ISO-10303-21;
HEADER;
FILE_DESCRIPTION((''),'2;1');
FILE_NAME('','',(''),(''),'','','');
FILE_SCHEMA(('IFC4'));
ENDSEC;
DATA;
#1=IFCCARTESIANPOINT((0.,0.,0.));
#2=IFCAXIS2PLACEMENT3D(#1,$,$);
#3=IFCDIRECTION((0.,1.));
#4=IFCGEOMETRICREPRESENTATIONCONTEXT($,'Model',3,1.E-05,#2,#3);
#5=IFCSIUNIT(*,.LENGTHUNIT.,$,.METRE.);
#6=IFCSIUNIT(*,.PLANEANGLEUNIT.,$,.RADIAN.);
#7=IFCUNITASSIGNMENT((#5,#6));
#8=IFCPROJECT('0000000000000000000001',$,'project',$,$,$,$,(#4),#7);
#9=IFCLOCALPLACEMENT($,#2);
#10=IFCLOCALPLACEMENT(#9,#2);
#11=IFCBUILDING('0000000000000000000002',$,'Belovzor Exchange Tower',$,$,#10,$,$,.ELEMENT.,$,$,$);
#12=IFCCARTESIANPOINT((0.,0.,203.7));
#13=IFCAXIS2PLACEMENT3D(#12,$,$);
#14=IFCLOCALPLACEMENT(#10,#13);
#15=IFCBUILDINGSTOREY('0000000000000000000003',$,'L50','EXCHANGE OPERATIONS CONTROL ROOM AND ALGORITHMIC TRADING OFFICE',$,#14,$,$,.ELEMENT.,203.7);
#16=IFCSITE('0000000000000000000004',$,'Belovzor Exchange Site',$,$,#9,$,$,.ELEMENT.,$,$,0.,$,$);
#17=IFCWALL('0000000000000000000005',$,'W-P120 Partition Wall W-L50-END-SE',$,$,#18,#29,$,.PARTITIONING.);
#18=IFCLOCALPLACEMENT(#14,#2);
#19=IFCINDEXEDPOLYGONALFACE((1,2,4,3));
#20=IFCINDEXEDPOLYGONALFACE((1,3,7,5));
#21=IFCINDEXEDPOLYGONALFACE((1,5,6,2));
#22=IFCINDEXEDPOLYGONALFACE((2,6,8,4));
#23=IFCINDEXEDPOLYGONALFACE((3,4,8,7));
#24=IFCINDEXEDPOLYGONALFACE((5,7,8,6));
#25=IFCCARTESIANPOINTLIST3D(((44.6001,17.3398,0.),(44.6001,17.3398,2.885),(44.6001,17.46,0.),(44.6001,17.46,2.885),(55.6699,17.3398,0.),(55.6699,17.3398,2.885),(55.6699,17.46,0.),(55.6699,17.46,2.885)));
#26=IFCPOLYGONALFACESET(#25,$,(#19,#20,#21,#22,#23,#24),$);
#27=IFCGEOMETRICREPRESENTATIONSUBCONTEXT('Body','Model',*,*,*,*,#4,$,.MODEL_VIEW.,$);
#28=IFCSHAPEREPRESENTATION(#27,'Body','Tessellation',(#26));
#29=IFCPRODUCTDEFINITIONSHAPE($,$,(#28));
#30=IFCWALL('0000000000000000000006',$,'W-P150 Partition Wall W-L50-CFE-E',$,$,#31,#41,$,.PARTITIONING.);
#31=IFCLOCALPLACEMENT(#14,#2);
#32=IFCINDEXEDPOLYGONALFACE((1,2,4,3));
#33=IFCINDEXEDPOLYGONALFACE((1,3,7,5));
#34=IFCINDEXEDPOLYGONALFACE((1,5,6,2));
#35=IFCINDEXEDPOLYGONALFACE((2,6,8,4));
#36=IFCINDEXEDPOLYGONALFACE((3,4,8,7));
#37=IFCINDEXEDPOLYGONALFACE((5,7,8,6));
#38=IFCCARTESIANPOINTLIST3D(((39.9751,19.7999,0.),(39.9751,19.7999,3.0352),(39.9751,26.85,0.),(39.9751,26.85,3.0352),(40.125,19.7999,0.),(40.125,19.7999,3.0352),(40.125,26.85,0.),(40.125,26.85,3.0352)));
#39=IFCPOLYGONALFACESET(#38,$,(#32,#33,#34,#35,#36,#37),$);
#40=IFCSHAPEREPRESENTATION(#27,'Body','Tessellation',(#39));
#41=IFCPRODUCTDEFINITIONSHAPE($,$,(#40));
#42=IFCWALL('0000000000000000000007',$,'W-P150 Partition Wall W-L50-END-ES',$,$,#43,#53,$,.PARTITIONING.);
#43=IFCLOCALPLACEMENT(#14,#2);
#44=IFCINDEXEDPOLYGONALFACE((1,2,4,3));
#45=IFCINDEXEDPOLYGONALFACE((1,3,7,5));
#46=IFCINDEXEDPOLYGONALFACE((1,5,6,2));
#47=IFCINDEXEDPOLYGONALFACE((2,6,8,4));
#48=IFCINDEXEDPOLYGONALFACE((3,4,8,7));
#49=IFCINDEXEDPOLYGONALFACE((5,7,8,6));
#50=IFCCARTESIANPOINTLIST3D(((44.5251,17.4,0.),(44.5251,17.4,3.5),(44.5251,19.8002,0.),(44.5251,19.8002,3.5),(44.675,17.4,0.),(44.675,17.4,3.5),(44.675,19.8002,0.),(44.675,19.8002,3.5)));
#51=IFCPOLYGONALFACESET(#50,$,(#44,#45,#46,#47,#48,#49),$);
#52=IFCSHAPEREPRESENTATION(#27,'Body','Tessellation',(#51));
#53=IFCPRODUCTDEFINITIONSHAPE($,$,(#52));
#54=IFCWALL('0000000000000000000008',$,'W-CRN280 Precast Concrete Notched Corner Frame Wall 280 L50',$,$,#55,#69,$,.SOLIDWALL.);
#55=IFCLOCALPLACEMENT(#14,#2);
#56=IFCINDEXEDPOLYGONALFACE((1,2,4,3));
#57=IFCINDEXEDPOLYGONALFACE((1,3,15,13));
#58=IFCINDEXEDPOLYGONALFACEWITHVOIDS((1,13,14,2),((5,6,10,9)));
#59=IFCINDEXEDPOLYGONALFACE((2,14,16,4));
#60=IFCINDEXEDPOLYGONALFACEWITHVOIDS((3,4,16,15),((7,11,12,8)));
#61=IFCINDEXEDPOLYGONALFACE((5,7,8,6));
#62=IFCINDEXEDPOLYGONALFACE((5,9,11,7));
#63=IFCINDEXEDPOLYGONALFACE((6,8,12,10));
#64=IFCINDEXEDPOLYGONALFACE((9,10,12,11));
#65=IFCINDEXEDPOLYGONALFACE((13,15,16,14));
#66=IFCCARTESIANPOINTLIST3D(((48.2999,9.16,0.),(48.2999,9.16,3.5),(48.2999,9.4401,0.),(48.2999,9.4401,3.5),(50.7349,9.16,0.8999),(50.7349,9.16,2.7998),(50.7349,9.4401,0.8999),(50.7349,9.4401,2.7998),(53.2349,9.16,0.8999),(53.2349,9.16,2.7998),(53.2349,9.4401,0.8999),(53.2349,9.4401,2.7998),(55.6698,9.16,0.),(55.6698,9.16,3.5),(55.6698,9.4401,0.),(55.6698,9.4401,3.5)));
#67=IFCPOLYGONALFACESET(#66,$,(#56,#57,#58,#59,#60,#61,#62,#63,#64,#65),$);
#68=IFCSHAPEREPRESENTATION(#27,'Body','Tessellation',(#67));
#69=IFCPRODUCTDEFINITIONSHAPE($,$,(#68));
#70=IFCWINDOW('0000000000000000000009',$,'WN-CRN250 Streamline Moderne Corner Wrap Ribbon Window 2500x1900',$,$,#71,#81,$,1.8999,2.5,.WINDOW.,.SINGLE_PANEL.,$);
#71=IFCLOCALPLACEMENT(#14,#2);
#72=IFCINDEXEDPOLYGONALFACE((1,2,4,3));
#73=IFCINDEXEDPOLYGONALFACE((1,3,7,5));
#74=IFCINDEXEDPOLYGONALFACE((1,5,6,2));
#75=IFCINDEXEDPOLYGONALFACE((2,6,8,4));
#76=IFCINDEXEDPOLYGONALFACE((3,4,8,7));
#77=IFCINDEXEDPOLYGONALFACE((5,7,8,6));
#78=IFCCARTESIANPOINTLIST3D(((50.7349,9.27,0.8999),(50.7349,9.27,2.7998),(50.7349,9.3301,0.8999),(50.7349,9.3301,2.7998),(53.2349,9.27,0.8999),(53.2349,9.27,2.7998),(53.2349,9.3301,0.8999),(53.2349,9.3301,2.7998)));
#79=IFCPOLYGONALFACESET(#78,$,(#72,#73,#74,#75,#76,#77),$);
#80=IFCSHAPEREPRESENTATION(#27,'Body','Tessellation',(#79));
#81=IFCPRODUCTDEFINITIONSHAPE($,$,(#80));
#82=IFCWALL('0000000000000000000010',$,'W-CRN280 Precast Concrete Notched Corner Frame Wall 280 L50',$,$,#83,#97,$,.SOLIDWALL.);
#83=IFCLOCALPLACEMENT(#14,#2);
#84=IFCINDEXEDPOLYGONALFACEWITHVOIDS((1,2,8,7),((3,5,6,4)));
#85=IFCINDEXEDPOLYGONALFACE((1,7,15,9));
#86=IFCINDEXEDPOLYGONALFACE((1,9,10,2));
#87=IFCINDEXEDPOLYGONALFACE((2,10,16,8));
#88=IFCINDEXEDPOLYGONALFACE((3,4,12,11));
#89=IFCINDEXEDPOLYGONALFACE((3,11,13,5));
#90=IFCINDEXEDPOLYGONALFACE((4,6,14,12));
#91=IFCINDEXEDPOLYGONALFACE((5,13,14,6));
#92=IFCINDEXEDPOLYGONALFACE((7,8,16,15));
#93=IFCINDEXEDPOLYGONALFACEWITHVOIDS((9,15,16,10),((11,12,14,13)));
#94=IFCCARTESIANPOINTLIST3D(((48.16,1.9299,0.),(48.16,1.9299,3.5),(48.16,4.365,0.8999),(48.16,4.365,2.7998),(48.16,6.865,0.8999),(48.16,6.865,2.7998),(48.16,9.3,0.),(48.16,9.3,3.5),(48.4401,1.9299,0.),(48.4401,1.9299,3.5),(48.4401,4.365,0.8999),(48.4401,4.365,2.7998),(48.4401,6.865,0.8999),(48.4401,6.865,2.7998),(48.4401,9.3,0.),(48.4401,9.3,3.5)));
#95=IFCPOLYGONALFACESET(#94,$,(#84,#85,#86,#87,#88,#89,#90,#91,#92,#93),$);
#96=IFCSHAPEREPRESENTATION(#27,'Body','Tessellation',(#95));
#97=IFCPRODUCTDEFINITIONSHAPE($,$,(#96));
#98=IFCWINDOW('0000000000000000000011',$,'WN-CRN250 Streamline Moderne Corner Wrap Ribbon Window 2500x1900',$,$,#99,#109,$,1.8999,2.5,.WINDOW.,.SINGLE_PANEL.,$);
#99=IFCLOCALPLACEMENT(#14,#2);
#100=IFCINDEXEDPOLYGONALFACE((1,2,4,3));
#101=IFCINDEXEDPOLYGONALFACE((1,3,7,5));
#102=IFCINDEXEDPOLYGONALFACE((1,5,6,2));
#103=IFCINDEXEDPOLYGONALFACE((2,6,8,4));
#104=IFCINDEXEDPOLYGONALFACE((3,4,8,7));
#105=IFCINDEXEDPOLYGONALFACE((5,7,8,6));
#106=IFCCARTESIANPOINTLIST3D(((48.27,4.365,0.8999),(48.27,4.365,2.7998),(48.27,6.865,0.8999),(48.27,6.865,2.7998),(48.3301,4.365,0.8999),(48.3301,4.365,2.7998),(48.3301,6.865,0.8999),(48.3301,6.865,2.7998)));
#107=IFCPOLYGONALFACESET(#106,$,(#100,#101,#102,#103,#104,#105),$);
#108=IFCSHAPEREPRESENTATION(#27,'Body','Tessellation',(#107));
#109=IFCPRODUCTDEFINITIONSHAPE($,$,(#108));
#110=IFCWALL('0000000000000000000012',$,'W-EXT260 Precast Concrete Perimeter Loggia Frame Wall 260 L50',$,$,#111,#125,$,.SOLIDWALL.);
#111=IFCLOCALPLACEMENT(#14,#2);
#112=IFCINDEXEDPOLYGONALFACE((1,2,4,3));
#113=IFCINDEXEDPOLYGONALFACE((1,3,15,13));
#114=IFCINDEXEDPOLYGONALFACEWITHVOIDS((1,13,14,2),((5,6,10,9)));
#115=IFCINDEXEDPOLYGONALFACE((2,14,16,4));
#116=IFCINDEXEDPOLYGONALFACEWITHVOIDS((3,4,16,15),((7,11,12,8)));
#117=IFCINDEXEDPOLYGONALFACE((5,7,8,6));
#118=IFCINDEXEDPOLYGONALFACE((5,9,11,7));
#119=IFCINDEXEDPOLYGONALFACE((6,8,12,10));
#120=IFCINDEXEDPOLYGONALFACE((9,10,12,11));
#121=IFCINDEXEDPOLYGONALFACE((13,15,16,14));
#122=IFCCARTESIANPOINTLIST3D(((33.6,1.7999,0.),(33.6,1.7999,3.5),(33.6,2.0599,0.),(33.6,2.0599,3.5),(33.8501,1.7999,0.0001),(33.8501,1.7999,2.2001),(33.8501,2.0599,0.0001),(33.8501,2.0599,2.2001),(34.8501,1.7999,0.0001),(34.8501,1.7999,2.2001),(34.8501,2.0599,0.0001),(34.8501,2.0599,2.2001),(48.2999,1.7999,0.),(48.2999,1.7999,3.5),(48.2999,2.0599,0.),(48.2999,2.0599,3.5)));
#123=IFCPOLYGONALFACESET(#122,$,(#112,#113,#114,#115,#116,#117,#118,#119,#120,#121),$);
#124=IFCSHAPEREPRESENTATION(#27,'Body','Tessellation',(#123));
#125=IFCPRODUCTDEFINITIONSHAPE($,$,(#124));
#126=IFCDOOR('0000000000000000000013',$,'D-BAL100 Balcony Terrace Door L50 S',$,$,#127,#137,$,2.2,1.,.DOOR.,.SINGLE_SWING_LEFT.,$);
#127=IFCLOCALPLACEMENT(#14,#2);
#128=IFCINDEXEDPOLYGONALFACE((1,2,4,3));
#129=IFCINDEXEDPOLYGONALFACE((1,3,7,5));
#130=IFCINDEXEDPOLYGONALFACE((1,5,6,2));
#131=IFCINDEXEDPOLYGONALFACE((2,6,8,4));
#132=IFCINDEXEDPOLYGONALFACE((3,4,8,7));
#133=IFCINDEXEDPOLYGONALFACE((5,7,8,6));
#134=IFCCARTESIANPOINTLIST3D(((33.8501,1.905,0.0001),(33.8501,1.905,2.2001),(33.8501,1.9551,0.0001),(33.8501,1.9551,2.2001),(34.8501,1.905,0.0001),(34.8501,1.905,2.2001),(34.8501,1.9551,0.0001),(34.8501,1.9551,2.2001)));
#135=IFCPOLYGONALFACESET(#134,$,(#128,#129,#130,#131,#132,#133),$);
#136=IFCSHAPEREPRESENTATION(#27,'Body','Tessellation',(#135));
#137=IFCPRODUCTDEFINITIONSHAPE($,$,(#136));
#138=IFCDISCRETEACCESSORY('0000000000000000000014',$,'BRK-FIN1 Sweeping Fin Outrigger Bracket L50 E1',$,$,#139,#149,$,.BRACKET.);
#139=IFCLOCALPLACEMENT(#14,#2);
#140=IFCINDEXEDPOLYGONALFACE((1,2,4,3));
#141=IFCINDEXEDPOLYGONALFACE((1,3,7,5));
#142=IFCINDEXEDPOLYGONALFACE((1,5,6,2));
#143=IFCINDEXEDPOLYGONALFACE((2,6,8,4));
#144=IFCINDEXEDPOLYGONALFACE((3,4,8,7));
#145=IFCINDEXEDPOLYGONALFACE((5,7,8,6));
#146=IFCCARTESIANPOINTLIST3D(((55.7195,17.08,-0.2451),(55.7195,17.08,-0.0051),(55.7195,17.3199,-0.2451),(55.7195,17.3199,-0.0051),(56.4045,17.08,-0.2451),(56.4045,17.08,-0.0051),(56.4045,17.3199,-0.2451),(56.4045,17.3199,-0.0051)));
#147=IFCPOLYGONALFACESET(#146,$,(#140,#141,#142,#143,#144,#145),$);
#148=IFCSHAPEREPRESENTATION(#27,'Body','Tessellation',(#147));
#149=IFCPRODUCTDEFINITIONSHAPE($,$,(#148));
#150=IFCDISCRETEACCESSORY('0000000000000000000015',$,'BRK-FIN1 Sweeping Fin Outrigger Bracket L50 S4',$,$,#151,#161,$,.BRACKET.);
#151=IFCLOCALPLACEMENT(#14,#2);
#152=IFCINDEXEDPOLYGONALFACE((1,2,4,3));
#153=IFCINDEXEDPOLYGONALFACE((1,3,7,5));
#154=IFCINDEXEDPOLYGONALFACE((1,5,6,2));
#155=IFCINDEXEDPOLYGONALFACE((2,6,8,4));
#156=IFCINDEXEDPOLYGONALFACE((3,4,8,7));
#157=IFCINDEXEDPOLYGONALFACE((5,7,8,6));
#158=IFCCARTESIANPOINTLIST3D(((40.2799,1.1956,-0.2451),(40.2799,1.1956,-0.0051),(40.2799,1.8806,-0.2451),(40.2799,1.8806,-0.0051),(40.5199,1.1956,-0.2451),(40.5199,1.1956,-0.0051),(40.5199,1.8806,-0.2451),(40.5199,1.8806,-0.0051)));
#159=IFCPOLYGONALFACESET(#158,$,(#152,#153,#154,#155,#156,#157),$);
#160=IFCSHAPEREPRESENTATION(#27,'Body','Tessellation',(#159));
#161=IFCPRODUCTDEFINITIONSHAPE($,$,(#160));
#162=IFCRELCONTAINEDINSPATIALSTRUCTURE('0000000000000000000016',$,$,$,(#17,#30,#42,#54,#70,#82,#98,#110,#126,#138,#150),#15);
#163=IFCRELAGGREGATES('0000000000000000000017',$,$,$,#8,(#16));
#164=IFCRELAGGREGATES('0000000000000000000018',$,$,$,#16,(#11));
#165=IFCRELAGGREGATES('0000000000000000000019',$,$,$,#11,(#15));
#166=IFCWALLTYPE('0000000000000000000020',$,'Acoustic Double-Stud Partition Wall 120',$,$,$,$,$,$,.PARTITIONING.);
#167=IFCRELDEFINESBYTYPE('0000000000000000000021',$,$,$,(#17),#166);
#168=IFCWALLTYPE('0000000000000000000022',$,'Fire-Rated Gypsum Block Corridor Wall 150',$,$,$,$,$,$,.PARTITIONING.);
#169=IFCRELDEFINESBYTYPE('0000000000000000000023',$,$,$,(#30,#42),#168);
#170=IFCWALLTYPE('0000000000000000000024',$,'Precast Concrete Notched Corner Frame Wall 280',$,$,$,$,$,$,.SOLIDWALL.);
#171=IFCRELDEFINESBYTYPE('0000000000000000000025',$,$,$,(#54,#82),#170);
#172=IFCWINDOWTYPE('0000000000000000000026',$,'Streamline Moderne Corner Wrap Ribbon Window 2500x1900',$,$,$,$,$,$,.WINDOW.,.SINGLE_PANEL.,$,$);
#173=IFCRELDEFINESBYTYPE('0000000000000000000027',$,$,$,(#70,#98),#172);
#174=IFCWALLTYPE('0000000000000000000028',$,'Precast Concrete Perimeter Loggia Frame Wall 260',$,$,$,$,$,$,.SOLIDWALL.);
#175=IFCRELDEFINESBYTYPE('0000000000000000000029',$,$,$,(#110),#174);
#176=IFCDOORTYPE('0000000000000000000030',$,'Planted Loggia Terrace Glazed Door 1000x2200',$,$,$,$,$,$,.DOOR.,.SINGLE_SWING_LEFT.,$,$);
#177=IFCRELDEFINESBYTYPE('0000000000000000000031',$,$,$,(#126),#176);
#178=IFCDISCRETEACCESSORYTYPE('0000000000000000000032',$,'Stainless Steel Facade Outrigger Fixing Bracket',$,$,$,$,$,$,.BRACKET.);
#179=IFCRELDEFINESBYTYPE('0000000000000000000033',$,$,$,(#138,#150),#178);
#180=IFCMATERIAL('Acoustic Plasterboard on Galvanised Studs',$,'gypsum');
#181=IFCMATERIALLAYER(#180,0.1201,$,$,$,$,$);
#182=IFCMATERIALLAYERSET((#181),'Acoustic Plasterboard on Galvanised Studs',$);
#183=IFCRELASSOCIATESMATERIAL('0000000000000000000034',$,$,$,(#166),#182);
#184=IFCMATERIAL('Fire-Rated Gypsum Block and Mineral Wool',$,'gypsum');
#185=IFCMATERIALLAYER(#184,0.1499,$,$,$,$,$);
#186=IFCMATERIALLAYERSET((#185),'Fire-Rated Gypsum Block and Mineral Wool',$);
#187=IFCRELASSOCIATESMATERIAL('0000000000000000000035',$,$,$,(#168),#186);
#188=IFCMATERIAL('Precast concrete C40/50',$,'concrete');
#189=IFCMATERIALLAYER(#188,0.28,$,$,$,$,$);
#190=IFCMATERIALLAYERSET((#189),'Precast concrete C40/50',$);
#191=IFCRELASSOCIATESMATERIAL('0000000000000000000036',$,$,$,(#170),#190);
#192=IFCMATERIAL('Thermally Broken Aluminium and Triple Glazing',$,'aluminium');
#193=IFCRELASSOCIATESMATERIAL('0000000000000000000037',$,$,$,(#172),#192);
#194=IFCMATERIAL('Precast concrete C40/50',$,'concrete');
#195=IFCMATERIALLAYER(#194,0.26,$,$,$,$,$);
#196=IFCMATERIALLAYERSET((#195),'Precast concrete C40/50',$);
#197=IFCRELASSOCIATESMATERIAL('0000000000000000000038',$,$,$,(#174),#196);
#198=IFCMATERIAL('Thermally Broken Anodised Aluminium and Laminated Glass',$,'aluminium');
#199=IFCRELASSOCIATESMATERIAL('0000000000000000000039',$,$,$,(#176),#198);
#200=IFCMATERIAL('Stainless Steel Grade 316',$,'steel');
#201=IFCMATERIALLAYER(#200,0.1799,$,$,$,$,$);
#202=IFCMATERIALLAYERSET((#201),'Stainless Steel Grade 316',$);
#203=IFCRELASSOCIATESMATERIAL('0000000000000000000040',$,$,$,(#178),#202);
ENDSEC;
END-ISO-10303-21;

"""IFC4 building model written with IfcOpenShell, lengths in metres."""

from ifc_helpers import new_model, si_unit, direction, frame, frame_2d, origin, origin_2d, place, context, subcontext, project, spatial, rectangle, extrude, material, layer, layer_set, type_object, element, fill, save


model = new_model("IFC4")

# Units and contexts
model_context = context("Model", 3, precision=1e-05, world=origin(), true_north=direction((0.0, 1.0)))
body_context = subcontext(model_context, "Body", "Model", "MODEL_VIEW")
ifc_project = project(units=[si_unit("LENGTHUNIT", "METRE"), si_unit("PLANEANGLEUNIT", "RADIAN")], contexts=[model_context])

# Site, building, storey
site_placement = place(None, origin())
site = spatial("IfcSite", under=ifc_project, at=site_placement, Name="Belovzor Exchange Site", CompositionType="ELEMENT", RefElevation=0.0)
building_placement = place(site_placement, origin())
building = spatial("IfcBuilding", under=site, at=building_placement, Name="Belovzor Exchange Tower", CompositionType="ELEMENT")
storey_placement = place(building_placement, frame((0.0, 0.0, 203.7)))
storey = spatial("IfcBuildingStorey", under=building, at=storey_placement, Name="L50", Description="EXCHANGE OPERATIONS CONTROL ROOM AND ALGORITHMIC TRADING OFFICE", CompositionType="ELEMENT", Elevation=203.7)

# Walls
ifc_material_1 = material(Name="Acoustic Plasterboard on Galvanised Studs", Category="gypsum")
ifc_layer_1 = layer(ifc_material_1, 0.1201)
ifc_layer_set_1 = layer_set([ifc_layer_1], Name="Acoustic Plasterboard on Galvanised Studs")
wall_type_1 = type_object("IfcWallType", Name="Acoustic Double-Stud Partition Wall 120", PredefinedType="PARTITIONING", material=ifc_layer_set_1)
wall_1_placement = place(storey_placement, frame((44.6001, 17.3999, 0.0), z_axis=(0.0, 0.0, 1.0), x_axis=(1.0, 0.0, 0.0)))
element("IfcWall", 1, at=wall_1_placement, inside=storey, type_object=wall_type_1, Name="W-P120 Partition Wall W-L50-END-SE", PredefinedType="PARTITIONING", context=body_context, shape_type="SweptSolid", body=[
    extrude(rectangle(XDim=11.0698, YDim=0.1201, at=frame_2d((5.5349, 0.0))), origin(), (0.0, 0.0, 1.0), 2.885),
])
ifc_material_2 = material(Name="Fire-Rated Gypsum Block and Mineral Wool", Category="gypsum")
ifc_layer_2 = layer(ifc_material_2, 0.1499)
ifc_layer_set_2 = layer_set([ifc_layer_2], Name="Fire-Rated Gypsum Block and Mineral Wool")
wall_type_2 = type_object("IfcWallType", Name="Fire-Rated Gypsum Block Corridor Wall 150", PredefinedType="PARTITIONING", material=ifc_layer_set_2)
wall_2_placement = place(storey_placement, frame((40.05, 19.8, 0.0), z_axis=(0.0, 0.0, 1.0), x_axis=(0.0, 1.0, 0.0)))
element("IfcWall", 2, at=wall_2_placement, inside=storey, type_object=wall_type_2, Name="W-P150 Partition Wall W-L50-CFE-E", PredefinedType="PARTITIONING", context=body_context, shape_type="SweptSolid", body=[
    extrude(rectangle(XDim=7.05, YDim=0.1499, at=frame_2d((3.5249, 0.0))), origin(), (0.0, 0.0, 1.0), 3.0352),
])
wall_3_placement = place(storey_placement, frame((44.6001, 17.3999, 0.0), z_axis=(0.0, 0.0, 1.0), x_axis=(0.0, 1.0, 0.0)))
element("IfcWall", 3, at=wall_3_placement, inside=storey, type_object=wall_type_2, Name="W-P150 Partition Wall W-L50-END-ES", PredefinedType="PARTITIONING", context=body_context, shape_type="SweptSolid", body=[
    extrude(rectangle(XDim=2.4001, YDim=0.1499, at=frame_2d((1.2002, 0.0))), origin(), (0.0, 0.0, 1.0), 3.5),
])

# Walls, openings, windows
ifc_material_3 = material(Name="Precast concrete C40/50", Category="concrete")
ifc_layer_3 = layer(ifc_material_3, 0.28)
ifc_layer_set_3 = layer_set([ifc_layer_3], Name="Precast concrete C40/50")
wall_type_3 = type_object("IfcWallType", Name="Precast Concrete Notched Corner Frame Wall 280", PredefinedType="SOLIDWALL", material=ifc_layer_set_3)
wall_4_placement = place(storey_placement, frame((55.6699, 9.3, 0.0), z_axis=(0.0, 0.0, 1.0), x_axis=(-1.0, 0.0, 0.0)))
wall_4 = element("IfcWall", 4, at=wall_4_placement, inside=storey, type_object=wall_type_3, Name="W-CRN280 Precast Concrete Notched Corner Frame Wall 280 L50", PredefinedType="SOLIDWALL", context=body_context, shape_type="SweptSolid", body=[
    extrude(rectangle(XDim=7.3699, YDim=0.28, at=frame_2d((3.6851, 0.0))), origin(), (0.0, 0.0, 1.0), 3.5),
])
opening_1_placement = place(wall_4_placement, frame((2.4351, 0.0, 0.8999)))
opening_1 = element("IfcOpeningElement", 5, at=opening_1_placement, cuts=wall_4, PredefinedType="OPENING", context=body_context, shape_type="SweptSolid", body=[
    extrude(rectangle(XDim=2.5, YDim=1.8999, at=frame_2d((1.25, 0.95))), frame((0.0, 0.1499, 0.0), z_axis=(0.0, -1.0, 0.0), x_axis=(1.0, 0.0, 0.0)), (0.0, 0.0, 1.0), 0.3),
])
ifc_material_4 = material(Name="Thermally Broken Aluminium and Triple Glazing", Category="aluminium")
window_type = type_object("IfcWindowType", Name="Streamline Moderne Corner Wrap Ribbon Window 2500x1900", PartitioningType="SINGLE_PANEL", PredefinedType="WINDOW", material=ifc_material_4)
window_1_placement = place(opening_1_placement, origin())
window_1 = element("IfcWindow", 6, at=window_1_placement, inside=storey, type_object=window_type, Name="WN-CRN250 Streamline Moderne Corner Wrap Ribbon Window 2500x1900", OverallHeight=1.8999, OverallWidth=2.5, PartitioningType="SINGLE_PANEL", PredefinedType="WINDOW", context=body_context, shape_type="SweptSolid", body=[
    extrude(rectangle(XDim=2.5, YDim=1.8999, at=frame_2d((1.25, 0.95))), frame((0.0, 0.03, 0.0), z_axis=(0.0, -1.0, 0.0), x_axis=(1.0, 0.0, 0.0)), (0.0, 0.0, 1.0), 0.0601),
])
fill(opening_1, window_1)
wall_5_placement = place(storey_placement, frame((48.3, 9.3, 0.0), z_axis=(0.0, 0.0, 1.0), x_axis=(0.0, -1.0, 0.0)))
wall_5 = element("IfcWall", 7, at=wall_5_placement, inside=storey, type_object=wall_type_3, Name="W-CRN280 Precast Concrete Notched Corner Frame Wall 280 L50", PredefinedType="SOLIDWALL", context=body_context, shape_type="SweptSolid", body=[
    extrude(rectangle(XDim=7.3701, YDim=0.28, at=frame_2d((3.6851, 0.0))), origin(), (0.0, 0.0, 1.0), 3.5),
])
opening_2_placement = place(wall_5_placement, frame((2.4351, 0.0, 0.8999)))
opening_2 = element("IfcOpeningElement", 8, at=opening_2_placement, cuts=wall_5, PredefinedType="OPENING", context=body_context, shape_type="SweptSolid", body=[
    extrude(rectangle(XDim=2.5, YDim=1.8999, at=frame_2d((1.25, 0.95))), frame((0.0, 0.1499, 0.0), z_axis=(0.0, -1.0, 0.0), x_axis=(1.0, 0.0, 0.0)), (0.0, 0.0, 1.0), 0.3),
])
window_2_placement = place(opening_2_placement, origin())
window_2 = element("IfcWindow", 9, at=window_2_placement, inside=storey, type_object=window_type, Name="WN-CRN250 Streamline Moderne Corner Wrap Ribbon Window 2500x1900", OverallHeight=1.8999, OverallWidth=2.5, PartitioningType="SINGLE_PANEL", PredefinedType="WINDOW", context=body_context, shape_type="SweptSolid", body=[
    extrude(rectangle(XDim=2.5, YDim=1.8999, at=frame_2d((1.25, 0.95))), frame((0.0, 0.03, 0.0), z_axis=(0.0, -1.0, 0.0), x_axis=(1.0, 0.0, 0.0)), (0.0, 0.0, 1.0), 0.0601),
])
fill(opening_2, window_2)

# Wall, opening, door
ifc_material_5 = material(Name="Precast concrete C40/50", Category="concrete")
ifc_layer_4 = layer(ifc_material_5, 0.26)
ifc_layer_set_4 = layer_set([ifc_layer_4], Name="Precast concrete C40/50")
wall_type_4 = type_object("IfcWallType", Name="Precast Concrete Perimeter Loggia Frame Wall 260", PredefinedType="SOLIDWALL", material=ifc_layer_set_4)
wall_6_placement = place(storey_placement, frame((48.3, 1.9299, 0.0), z_axis=(0.0, 0.0, 1.0), x_axis=(-1.0, 0.0, 0.0)))
wall_6 = element("IfcWall", 10, at=wall_6_placement, inside=storey, type_object=wall_type_4, Name="W-EXT260 Precast Concrete Perimeter Loggia Frame Wall 260 L50", PredefinedType="SOLIDWALL", context=body_context, shape_type="SweptSolid", body=[
    extrude(rectangle(XDim=14.7, YDim=0.26, at=frame_2d((7.3501, 0.0))), origin(), (0.0, 0.0, 1.0), 3.5),
])
opening_3_placement = place(wall_6_placement, frame((13.45, 0.0, 0.0)))
opening_3 = element("IfcOpeningElement", 11, at=opening_3_placement, cuts=wall_6, PredefinedType="OPENING", context=body_context, shape_type="SweptSolid", body=[
    extrude(rectangle(XDim=1.0, YDim=2.2, at=frame_2d((0.5, 1.1001))), frame((0.0, 0.1399, 0.0), z_axis=(0.0, -1.0, 0.0), x_axis=(1.0, 0.0, 0.0)), (0.0, 0.0, 1.0), 0.28),
])
ifc_material_6 = material(Name="Thermally Broken Anodised Aluminium and Laminated Glass", Category="aluminium")
door_type = type_object("IfcDoorType", Name="Planted Loggia Terrace Glazed Door 1000x2200", OperationType="SINGLE_SWING_LEFT", PredefinedType="DOOR", material=ifc_material_6)
door_placement = place(opening_3_placement, origin())
door = element("IfcDoor", 12, at=door_placement, inside=storey, type_object=door_type, Name="D-BAL100 Balcony Terrace Door L50 S", OperationType="SINGLE_SWING_LEFT", OverallHeight=2.2, OverallWidth=1.0, PredefinedType="DOOR", context=body_context, shape_type="SweptSolid", body=[
    extrude(rectangle(XDim=1.0, YDim=2.2, at=frame_2d((0.5, 1.1001))), frame((0.0, 0.0249, 0.0), z_axis=(0.0, -1.0, 0.0), x_axis=(1.0, 0.0, 0.0)), (0.0, 0.0, 1.0), 0.05),
])
fill(opening_3, door)

# Discrete accessories
ifc_material_7 = material(Name="Stainless Steel Grade 316", Category="steel")
ifc_layer_5 = layer(ifc_material_7, 0.1799)
ifc_layer_set_5 = layer_set([ifc_layer_5], Name="Stainless Steel Grade 316")
discrete_accessory_type = type_object("IfcDiscreteAccessoryType", Name="Stainless Steel Facade Outrigger Fixing Bracket", PredefinedType="BRACKET", material=ifc_layer_set_5)
for number, where, z_axis, x_axis, name in (
    (13, (56.062, 17.2, -0.2451), (0.0, 0.0, 1.0), (1.0, 0.0, 0.0), "BRK-FIN1 Sweeping Fin Outrigger Bracket L50 E1"),
    (14, (40.3999, 1.5381, -0.2451), (0.0, 0.0, 1.0), (0.0, 1.0, 0.0), "BRK-FIN1 Sweeping Fin Outrigger Bracket L50 S4"),
):
    element("IfcDiscreteAccessory", number, at=place(storey_placement, frame(where, z_axis=z_axis, x_axis=x_axis)), inside=storey, type_object=discrete_accessory_type, Name=name, PredefinedType="BRACKET", context=body_context, shape_type="SweptSolid", body=[
        extrude(rectangle(XDim=0.6851, YDim=0.24, at=origin_2d()), origin(), (0.0, 0.0, 1.0), 0.24),
    ])

save(model, "model.ifc")
